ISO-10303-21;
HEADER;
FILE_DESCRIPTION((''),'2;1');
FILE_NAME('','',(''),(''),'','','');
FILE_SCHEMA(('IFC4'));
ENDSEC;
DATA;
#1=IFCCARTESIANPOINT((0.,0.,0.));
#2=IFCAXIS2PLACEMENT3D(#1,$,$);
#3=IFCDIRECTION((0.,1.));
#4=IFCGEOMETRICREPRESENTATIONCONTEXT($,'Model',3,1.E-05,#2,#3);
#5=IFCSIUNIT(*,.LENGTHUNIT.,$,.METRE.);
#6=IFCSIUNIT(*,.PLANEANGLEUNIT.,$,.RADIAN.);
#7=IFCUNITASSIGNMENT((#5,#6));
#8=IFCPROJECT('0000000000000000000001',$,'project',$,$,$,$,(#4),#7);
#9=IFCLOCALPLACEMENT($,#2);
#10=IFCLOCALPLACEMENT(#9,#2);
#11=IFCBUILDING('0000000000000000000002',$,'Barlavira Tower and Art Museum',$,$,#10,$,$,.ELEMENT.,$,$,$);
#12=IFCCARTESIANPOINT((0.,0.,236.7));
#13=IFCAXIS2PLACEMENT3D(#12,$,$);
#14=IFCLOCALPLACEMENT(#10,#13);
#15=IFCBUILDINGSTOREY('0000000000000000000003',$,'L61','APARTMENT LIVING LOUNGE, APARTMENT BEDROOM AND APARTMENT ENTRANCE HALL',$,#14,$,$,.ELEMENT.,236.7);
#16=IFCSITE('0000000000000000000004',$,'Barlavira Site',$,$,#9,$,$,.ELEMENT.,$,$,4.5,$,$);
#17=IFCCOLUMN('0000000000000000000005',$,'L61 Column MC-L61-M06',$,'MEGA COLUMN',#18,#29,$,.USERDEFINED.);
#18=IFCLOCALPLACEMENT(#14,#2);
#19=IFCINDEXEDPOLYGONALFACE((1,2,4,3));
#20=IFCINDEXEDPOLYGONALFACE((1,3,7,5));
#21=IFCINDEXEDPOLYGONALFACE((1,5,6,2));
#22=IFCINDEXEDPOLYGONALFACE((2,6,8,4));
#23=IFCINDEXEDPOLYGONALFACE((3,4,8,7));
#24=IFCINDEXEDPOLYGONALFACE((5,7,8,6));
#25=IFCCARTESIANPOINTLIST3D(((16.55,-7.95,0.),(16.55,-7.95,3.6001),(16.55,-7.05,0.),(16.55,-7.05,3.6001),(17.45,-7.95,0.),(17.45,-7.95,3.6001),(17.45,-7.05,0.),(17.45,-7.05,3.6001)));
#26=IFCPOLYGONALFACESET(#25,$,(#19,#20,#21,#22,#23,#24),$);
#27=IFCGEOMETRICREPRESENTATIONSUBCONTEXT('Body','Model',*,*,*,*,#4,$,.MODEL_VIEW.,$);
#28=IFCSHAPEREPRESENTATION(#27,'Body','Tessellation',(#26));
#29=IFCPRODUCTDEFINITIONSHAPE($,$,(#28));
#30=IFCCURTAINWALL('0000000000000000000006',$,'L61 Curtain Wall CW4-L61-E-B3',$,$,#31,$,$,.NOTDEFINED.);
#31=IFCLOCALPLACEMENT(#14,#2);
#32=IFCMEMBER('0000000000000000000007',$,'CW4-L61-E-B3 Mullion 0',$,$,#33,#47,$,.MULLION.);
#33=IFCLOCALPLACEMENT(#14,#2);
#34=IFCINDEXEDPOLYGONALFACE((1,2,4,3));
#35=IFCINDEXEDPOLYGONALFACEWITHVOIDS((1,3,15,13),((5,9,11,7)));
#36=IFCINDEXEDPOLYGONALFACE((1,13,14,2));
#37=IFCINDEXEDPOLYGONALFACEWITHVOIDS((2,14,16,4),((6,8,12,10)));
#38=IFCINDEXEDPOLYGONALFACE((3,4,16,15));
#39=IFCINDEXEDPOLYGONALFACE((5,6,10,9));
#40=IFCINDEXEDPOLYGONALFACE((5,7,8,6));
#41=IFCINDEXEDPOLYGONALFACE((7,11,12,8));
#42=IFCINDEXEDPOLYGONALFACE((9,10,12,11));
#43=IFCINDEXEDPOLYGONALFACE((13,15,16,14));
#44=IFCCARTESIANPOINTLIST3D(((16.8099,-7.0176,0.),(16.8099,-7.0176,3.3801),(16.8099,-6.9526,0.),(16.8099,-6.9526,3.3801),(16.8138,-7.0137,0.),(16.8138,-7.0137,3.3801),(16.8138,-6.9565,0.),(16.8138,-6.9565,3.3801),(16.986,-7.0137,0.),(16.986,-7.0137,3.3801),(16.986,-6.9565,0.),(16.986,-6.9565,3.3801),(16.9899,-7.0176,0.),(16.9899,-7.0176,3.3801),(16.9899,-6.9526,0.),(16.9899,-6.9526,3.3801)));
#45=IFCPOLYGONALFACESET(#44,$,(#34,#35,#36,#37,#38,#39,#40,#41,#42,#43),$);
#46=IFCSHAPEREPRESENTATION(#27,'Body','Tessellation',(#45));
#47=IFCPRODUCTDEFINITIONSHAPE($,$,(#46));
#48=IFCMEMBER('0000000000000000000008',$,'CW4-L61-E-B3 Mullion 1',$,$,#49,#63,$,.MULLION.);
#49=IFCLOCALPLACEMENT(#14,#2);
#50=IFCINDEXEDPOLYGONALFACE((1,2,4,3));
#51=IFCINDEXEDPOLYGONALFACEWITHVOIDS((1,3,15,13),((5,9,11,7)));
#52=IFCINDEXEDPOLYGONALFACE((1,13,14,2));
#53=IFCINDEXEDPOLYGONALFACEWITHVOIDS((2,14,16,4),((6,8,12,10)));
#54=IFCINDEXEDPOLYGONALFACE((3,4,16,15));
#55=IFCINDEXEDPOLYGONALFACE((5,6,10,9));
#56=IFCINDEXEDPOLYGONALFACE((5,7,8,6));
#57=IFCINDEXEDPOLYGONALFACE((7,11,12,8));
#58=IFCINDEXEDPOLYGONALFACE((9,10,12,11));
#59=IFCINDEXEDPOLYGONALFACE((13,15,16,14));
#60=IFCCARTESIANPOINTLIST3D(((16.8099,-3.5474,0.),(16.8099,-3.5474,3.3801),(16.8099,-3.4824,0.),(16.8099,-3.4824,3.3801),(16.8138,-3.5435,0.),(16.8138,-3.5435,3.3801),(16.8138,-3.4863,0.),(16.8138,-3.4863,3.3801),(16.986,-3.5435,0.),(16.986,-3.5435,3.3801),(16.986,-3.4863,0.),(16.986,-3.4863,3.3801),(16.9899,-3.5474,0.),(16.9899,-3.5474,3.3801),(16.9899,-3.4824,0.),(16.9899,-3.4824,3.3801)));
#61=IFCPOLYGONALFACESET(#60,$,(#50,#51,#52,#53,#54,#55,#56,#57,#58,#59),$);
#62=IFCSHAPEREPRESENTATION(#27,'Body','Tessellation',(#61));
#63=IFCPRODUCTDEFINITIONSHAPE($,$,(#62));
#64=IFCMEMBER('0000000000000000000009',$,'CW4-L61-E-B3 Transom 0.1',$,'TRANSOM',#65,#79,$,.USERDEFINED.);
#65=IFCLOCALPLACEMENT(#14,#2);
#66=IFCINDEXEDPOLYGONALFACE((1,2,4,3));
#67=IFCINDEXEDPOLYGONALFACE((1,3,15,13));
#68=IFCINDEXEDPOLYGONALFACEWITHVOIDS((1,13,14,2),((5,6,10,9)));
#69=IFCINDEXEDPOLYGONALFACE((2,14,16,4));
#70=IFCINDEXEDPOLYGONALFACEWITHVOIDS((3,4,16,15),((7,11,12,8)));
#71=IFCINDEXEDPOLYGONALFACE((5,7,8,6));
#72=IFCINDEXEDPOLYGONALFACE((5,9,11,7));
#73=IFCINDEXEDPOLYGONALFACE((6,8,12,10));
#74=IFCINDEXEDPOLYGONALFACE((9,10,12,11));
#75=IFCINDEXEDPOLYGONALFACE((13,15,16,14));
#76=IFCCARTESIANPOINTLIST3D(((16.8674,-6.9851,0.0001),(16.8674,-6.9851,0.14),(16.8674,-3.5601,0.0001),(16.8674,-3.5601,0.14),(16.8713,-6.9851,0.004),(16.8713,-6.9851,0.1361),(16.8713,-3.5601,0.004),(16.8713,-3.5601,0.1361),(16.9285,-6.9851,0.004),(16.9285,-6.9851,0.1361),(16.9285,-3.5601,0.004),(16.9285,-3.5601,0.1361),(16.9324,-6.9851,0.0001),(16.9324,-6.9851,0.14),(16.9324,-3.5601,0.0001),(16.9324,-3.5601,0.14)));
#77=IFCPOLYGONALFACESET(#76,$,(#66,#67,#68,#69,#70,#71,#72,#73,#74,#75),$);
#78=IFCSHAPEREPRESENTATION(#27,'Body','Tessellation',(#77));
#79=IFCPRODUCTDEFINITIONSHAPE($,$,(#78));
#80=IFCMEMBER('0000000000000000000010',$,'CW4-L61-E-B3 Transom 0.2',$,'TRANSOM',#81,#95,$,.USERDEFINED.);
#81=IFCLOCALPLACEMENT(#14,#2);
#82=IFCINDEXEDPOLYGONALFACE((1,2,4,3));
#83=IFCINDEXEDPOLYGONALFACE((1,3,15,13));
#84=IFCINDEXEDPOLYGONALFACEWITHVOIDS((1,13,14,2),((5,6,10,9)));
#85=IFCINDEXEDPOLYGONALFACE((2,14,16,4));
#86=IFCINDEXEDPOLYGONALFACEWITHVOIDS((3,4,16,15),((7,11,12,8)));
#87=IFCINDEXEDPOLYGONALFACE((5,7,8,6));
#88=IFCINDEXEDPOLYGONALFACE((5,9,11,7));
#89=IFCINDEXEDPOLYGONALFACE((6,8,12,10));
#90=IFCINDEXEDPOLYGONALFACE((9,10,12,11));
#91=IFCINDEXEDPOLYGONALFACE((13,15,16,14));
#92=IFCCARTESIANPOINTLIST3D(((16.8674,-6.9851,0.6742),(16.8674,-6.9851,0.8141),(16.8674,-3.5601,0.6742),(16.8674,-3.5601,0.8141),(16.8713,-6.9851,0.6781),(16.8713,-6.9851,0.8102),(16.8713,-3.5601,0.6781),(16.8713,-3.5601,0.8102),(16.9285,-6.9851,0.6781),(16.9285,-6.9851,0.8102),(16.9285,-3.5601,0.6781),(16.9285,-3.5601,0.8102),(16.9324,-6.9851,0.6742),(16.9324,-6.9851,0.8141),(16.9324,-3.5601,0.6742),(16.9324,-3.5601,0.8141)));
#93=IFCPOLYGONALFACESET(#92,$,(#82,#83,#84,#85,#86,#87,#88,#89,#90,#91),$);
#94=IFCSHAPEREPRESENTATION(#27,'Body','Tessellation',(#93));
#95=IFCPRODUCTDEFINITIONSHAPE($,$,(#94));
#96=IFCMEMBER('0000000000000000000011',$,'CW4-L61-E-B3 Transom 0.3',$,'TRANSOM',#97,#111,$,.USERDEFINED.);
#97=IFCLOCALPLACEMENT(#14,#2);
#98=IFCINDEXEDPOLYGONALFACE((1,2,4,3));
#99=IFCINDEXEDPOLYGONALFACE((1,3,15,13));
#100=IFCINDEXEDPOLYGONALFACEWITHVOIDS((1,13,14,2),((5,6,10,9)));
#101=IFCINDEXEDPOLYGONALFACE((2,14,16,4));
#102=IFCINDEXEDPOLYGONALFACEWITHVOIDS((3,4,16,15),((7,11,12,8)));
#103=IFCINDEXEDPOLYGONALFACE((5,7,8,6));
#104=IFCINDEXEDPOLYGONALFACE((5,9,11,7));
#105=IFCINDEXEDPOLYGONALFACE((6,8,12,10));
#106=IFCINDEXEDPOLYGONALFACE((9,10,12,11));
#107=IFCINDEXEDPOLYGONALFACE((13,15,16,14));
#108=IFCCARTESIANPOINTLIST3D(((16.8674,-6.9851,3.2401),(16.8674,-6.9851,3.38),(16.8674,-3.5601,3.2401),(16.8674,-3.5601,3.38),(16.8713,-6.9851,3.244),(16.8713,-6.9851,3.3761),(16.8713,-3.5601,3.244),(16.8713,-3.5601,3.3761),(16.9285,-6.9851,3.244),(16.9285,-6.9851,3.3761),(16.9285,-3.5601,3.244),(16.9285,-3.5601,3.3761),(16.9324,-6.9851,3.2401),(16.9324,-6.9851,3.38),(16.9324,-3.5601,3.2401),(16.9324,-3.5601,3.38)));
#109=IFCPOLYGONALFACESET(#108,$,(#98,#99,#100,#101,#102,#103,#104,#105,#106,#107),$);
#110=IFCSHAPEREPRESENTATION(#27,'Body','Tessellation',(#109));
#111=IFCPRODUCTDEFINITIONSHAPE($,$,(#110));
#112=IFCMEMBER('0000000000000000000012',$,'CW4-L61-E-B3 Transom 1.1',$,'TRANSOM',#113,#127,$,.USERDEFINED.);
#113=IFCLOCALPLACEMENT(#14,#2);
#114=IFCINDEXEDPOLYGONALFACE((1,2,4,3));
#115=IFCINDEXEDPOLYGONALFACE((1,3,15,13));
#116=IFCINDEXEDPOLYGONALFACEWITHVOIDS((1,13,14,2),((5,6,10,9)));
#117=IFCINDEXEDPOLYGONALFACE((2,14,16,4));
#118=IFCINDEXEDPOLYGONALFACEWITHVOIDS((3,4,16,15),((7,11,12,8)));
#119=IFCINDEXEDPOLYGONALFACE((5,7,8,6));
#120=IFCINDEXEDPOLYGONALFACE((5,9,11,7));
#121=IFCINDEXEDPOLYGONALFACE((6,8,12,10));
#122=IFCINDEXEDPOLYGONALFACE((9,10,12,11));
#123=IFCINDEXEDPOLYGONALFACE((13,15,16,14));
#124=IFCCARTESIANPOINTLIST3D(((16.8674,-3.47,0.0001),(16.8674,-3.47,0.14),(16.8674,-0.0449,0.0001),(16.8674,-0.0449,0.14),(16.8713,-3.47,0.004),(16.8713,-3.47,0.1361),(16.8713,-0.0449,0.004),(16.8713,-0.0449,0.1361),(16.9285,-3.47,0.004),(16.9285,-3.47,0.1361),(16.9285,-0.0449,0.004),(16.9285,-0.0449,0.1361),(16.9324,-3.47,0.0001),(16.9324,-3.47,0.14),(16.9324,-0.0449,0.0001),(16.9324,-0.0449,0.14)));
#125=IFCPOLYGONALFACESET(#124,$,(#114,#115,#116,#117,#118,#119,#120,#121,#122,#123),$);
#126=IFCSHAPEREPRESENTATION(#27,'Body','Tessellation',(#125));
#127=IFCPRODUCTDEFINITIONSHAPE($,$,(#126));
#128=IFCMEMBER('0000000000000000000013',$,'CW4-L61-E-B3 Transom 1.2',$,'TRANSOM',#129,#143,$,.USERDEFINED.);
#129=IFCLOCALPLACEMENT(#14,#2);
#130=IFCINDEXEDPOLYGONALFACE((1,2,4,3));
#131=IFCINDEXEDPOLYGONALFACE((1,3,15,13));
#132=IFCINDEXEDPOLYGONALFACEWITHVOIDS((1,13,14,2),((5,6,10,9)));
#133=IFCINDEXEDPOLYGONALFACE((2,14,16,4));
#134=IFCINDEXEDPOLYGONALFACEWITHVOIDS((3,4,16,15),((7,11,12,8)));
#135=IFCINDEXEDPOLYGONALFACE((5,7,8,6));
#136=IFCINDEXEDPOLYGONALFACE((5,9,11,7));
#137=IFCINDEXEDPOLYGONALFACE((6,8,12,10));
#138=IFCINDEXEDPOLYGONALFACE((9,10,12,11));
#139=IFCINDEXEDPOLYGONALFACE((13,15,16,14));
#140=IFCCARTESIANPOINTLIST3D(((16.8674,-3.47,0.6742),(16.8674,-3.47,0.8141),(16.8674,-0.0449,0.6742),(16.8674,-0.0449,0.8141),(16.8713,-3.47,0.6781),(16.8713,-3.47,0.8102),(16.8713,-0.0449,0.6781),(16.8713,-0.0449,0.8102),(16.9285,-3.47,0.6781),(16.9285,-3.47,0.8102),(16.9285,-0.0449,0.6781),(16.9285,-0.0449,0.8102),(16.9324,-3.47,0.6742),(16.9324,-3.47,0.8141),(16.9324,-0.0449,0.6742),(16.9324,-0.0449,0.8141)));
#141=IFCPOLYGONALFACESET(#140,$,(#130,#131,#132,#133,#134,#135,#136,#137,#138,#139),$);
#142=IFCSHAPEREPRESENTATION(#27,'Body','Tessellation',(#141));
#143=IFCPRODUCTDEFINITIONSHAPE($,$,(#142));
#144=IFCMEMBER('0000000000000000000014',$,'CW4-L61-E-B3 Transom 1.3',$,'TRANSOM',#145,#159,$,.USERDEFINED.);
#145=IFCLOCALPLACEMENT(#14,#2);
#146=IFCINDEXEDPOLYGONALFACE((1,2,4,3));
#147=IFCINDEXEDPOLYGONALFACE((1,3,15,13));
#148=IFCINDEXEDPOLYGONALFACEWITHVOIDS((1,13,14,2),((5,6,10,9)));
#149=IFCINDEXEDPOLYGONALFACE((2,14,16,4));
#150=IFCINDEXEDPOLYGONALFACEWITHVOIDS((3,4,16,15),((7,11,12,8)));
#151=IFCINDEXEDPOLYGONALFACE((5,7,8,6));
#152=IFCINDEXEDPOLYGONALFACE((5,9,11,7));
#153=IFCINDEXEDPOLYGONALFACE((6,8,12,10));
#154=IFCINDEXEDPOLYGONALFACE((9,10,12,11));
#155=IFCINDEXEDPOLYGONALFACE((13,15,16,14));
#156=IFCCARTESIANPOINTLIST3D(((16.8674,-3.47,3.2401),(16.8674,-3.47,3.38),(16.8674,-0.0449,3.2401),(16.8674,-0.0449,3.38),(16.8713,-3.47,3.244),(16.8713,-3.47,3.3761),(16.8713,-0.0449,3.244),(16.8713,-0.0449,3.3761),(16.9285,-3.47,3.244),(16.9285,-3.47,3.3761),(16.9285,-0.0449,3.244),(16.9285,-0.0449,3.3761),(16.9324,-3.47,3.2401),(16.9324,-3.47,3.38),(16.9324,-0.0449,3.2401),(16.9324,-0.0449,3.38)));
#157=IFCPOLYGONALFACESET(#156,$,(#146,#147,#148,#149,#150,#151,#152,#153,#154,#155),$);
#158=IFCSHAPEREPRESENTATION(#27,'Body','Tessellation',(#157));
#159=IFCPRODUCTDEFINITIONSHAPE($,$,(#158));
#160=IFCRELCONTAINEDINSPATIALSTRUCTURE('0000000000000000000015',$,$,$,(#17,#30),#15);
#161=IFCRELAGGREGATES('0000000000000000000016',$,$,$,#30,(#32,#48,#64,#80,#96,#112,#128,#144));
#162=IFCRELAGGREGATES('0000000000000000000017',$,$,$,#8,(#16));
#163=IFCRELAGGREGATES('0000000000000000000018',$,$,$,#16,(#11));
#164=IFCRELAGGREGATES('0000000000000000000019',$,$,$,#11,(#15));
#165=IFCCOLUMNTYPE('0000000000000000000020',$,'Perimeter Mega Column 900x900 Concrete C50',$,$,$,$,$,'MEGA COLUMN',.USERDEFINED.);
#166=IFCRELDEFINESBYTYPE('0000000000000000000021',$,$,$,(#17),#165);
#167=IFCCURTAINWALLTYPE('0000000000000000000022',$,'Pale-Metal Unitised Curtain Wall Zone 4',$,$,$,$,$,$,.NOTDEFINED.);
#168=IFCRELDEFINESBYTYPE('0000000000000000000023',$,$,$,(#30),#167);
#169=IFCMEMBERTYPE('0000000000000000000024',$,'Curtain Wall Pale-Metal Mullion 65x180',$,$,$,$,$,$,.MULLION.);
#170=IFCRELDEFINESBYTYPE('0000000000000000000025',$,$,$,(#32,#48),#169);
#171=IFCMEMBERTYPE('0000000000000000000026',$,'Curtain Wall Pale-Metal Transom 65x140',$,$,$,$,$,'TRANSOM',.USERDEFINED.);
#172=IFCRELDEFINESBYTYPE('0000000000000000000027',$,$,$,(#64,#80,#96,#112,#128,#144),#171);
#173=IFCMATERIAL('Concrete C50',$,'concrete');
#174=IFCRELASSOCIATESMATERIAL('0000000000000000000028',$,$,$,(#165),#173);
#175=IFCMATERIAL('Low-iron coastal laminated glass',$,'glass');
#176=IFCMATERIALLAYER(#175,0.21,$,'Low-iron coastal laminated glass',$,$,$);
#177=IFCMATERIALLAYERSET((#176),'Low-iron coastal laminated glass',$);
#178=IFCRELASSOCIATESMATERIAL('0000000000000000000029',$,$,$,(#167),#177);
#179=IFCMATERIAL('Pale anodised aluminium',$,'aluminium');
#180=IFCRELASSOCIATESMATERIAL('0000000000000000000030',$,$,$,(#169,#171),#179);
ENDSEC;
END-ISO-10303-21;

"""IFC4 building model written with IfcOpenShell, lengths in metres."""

from ifc_helpers import new_model, si_unit, direction, frame, origin, origin_2d, place, context, subcontext, project, spatial, rectangle, hollow_rectangle, extrude, material, layer, layer_set, material_profile, profile_set, type_object, element, aggregate, save


model = new_model("IFC4")

# Units and contexts
model_context = context("Model", 3, precision=1e-05, world=origin(), true_north=direction((0.0, 1.0)))
body_context = subcontext(model_context, "Body", "Model", "MODEL_VIEW")
ifc_project = project(units=[si_unit("LENGTHUNIT", "METRE"), si_unit("PLANEANGLEUNIT", "RADIAN")], contexts=[model_context])

# Site, building, storey
site_placement = place(None, origin())
site = spatial("IfcSite", under=ifc_project, at=site_placement, Name="Barlavira Site", CompositionType="ELEMENT", RefElevation=4.5)
building_placement = place(site_placement, origin())
building = spatial("IfcBuilding", under=site, at=building_placement, Name="Barlavira Tower and Art Museum", CompositionType="ELEMENT")
storey_placement = place(building_placement, frame((0.0, 0.0, 236.7)))
storey = spatial("IfcBuildingStorey", under=building, at=storey_placement, Name="L61", Description="APARTMENT LIVING LOUNGE, APARTMENT BEDROOM AND APARTMENT ENTRANCE HALL", CompositionType="ELEMENT", Elevation=236.7)

# Column
ifc_material_1 = material(Name="Concrete C50", Category="concrete")
ifc_material_profile_1 = material_profile(ifc_material_1, rectangle(XDim=0.8999, YDim=0.8999, at=origin_2d()), Name="RC-COL 900x900")
ifc_profile_set_1 = profile_set([ifc_material_profile_1], Name="Concrete C50")
column_type = type_object("IfcColumnType", Name="Perimeter Mega Column 900x900 Concrete C50", ElementType="MEGA COLUMN", PredefinedType="USERDEFINED", material=ifc_profile_set_1)
column_placement = place(storey_placement, frame((17.0, -7.5, 0.0), z_axis=(0.0, 0.0, 1.0), x_axis=(1.0, 0.0, 0.0)))
element("IfcColumn", 1, at=column_placement, inside=storey, type_object=column_type, Name="L61 Column MC-L61-M06", ObjectType="MEGA COLUMN", PredefinedType="USERDEFINED", context=body_context, shape_type="SweptSolid", body=[
    extrude(rectangle(XDim=0.8999, YDim=0.8999, at=origin_2d()), origin(), (0.0, 0.0, 1.0), 3.6001),
])

# Curtain wall, members
ifc_material_2 = material(Name="Low-iron coastal laminated glass", Category="glass")
ifc_layer_1 = layer(ifc_material_2, 0.21, Name="Low-iron coastal laminated glass")
ifc_layer_set_1 = layer_set([ifc_layer_1], Name="Low-iron coastal laminated glass")
curtain_wall_type = type_object("IfcCurtainWallType", Name="Pale-Metal Unitised Curtain Wall Zone 4", PredefinedType="NOTDEFINED", material=ifc_layer_set_1)
curtain_wall_placement = place(storey_placement, origin())
curtain_wall = element("IfcCurtainWall", 2, at=curtain_wall_placement, inside=storey, type_object=curtain_wall_type, Name="L61 Curtain Wall CW4-L61-E-B3", PredefinedType="NOTDEFINED")
ifc_material_3 = material(Name="Pale anodised aluminium", Category="aluminium")
ifc_material_profile_2 = material_profile(ifc_material_3, hollow_rectangle(XDim=0.0649, YDim=0.1799, WallThickness=0.0039, at=origin_2d()), Name="ALU-MULL 65x180x4")
ifc_profile_set_2 = profile_set([ifc_material_profile_2], Name="Pale anodised aluminium")
member_type_1 = type_object("IfcMemberType", Name="Curtain Wall Pale-Metal Mullion 65x180", PredefinedType="MULLION", material=ifc_profile_set_2)
member_1_placement = place(storey_placement, frame((16.8999, -6.9851, 0.0), z_axis=(0.0, 0.0, 1.0), x_axis=(0.0, 1.0, 0.0)))
member_1 = element("IfcMember", 3, at=member_1_placement, type_object=member_type_1, Name="CW4-L61-E-B3 Mullion 0", PredefinedType="MULLION", context=body_context, shape_type="SweptSolid", body=[
    extrude(hollow_rectangle(XDim=0.0649, YDim=0.1799, WallThickness=0.0039, at=origin_2d()), origin(), (0.0, 0.0, 1.0), 3.3801),
])
member_2_placement = place(storey_placement, frame((16.8999, -3.5149, 0.0), z_axis=(0.0, 0.0, 1.0), x_axis=(0.0, 1.0, 0.0)))
member_2 = element("IfcMember", 4, at=member_2_placement, type_object=member_type_1, Name="CW4-L61-E-B3 Mullion 1", PredefinedType="MULLION", context=body_context, shape_type="SweptSolid", body=[
    extrude(hollow_rectangle(XDim=0.0649, YDim=0.1799, WallThickness=0.0039, at=origin_2d()), origin(), (0.0, 0.0, 1.0), 3.3801),
])
ifc_material_profile_3 = material_profile(ifc_material_3, hollow_rectangle(XDim=0.0649, YDim=0.1399, WallThickness=0.0039, at=origin_2d()), Name="ALU-TRAN 65x140x4")
ifc_profile_set_3 = profile_set([ifc_material_profile_3], Name="Pale anodised aluminium")
member_type_2 = type_object("IfcMemberType", Name="Curtain Wall Pale-Metal Transom 65x140", ElementType="TRANSOM", PredefinedType="USERDEFINED", material=ifc_profile_set_3)
member_3_placement = place(storey_placement, frame((16.8999, -6.9851, 0.0701), z_axis=(0.0, 1.0, 0.0), x_axis=(-1.0, 0.0, 0.0)))
member_3 = element("IfcMember", 5, at=member_3_placement, type_object=member_type_2, Name="CW4-L61-E-B3 Transom 0.1", ObjectType="TRANSOM", PredefinedType="USERDEFINED", context=body_context, shape_type="SweptSolid", body=[
    extrude(hollow_rectangle(XDim=0.0649, YDim=0.1399, WallThickness=0.0039, at=origin_2d()), origin(), (0.0, 0.0, 1.0), 3.425),
])
member_4_placement = place(storey_placement, frame((16.8999, -6.9851, 0.7441), z_axis=(0.0, 1.0, 0.0), x_axis=(-1.0, 0.0, 0.0)))
member_4 = element("IfcMember", 6, at=member_4_placement, type_object=member_type_2, Name="CW4-L61-E-B3 Transom 0.2", ObjectType="TRANSOM", PredefinedType="USERDEFINED", context=body_context, shape_type="SweptSolid", body=[
    extrude(hollow_rectangle(XDim=0.0649, YDim=0.1399, WallThickness=0.0039, at=origin_2d()), origin(), (0.0, 0.0, 1.0), 3.425),
])
member_5_placement = place(storey_placement, frame((16.8999, -6.9851, 3.3101), z_axis=(0.0, 1.0, 0.0), x_axis=(-1.0, 0.0, 0.0)))
member_5 = element("IfcMember", 7, at=member_5_placement, type_object=member_type_2, Name="CW4-L61-E-B3 Transom 0.3", ObjectType="TRANSOM", PredefinedType="USERDEFINED", context=body_context, shape_type="SweptSolid", body=[
    extrude(hollow_rectangle(XDim=0.0649, YDim=0.1399, WallThickness=0.0039, at=origin_2d()), origin(), (0.0, 0.0, 1.0), 3.425),
])
member_6_placement = place(storey_placement, frame((16.8999, -3.47, 0.0701), z_axis=(0.0, 1.0, 0.0), x_axis=(-1.0, 0.0, 0.0)))
member_6 = element("IfcMember", 8, at=member_6_placement, type_object=member_type_2, Name="CW4-L61-E-B3 Transom 1.1", ObjectType="TRANSOM", PredefinedType="USERDEFINED", context=body_context, shape_type="SweptSolid", body=[
    extrude(hollow_rectangle(XDim=0.0649, YDim=0.1399, WallThickness=0.0039, at=origin_2d()), origin(), (0.0, 0.0, 1.0), 3.425),
])
member_7_placement = place(storey_placement, frame((16.8999, -3.47, 0.7441), z_axis=(0.0, 1.0, 0.0), x_axis=(-1.0, 0.0, 0.0)))
member_7 = element("IfcMember", 9, at=member_7_placement, type_object=member_type_2, Name="CW4-L61-E-B3 Transom 1.2", ObjectType="TRANSOM", PredefinedType="USERDEFINED", context=body_context, shape_type="SweptSolid", body=[
    extrude(hollow_rectangle(XDim=0.0649, YDim=0.1399, WallThickness=0.0039, at=origin_2d()), origin(), (0.0, 0.0, 1.0), 3.425),
])
member_8_placement = place(storey_placement, frame((16.8999, -3.47, 3.3101), z_axis=(0.0, 1.0, 0.0), x_axis=(-1.0, 0.0, 0.0)))
member_8 = element("IfcMember", 10, at=member_8_placement, type_object=member_type_2, Name="CW4-L61-E-B3 Transom 1.3", ObjectType="TRANSOM", PredefinedType="USERDEFINED", context=body_context, shape_type="SweptSolid", body=[
    extrude(hollow_rectangle(XDim=0.0649, YDim=0.1399, WallThickness=0.0039, at=origin_2d()), origin(), (0.0, 0.0, 1.0), 3.425),
])

aggregate(curtain_wall, [member_1, member_2, member_3, member_4, member_5, member_6, member_7, member_8])

save(model, "model.ifc")
